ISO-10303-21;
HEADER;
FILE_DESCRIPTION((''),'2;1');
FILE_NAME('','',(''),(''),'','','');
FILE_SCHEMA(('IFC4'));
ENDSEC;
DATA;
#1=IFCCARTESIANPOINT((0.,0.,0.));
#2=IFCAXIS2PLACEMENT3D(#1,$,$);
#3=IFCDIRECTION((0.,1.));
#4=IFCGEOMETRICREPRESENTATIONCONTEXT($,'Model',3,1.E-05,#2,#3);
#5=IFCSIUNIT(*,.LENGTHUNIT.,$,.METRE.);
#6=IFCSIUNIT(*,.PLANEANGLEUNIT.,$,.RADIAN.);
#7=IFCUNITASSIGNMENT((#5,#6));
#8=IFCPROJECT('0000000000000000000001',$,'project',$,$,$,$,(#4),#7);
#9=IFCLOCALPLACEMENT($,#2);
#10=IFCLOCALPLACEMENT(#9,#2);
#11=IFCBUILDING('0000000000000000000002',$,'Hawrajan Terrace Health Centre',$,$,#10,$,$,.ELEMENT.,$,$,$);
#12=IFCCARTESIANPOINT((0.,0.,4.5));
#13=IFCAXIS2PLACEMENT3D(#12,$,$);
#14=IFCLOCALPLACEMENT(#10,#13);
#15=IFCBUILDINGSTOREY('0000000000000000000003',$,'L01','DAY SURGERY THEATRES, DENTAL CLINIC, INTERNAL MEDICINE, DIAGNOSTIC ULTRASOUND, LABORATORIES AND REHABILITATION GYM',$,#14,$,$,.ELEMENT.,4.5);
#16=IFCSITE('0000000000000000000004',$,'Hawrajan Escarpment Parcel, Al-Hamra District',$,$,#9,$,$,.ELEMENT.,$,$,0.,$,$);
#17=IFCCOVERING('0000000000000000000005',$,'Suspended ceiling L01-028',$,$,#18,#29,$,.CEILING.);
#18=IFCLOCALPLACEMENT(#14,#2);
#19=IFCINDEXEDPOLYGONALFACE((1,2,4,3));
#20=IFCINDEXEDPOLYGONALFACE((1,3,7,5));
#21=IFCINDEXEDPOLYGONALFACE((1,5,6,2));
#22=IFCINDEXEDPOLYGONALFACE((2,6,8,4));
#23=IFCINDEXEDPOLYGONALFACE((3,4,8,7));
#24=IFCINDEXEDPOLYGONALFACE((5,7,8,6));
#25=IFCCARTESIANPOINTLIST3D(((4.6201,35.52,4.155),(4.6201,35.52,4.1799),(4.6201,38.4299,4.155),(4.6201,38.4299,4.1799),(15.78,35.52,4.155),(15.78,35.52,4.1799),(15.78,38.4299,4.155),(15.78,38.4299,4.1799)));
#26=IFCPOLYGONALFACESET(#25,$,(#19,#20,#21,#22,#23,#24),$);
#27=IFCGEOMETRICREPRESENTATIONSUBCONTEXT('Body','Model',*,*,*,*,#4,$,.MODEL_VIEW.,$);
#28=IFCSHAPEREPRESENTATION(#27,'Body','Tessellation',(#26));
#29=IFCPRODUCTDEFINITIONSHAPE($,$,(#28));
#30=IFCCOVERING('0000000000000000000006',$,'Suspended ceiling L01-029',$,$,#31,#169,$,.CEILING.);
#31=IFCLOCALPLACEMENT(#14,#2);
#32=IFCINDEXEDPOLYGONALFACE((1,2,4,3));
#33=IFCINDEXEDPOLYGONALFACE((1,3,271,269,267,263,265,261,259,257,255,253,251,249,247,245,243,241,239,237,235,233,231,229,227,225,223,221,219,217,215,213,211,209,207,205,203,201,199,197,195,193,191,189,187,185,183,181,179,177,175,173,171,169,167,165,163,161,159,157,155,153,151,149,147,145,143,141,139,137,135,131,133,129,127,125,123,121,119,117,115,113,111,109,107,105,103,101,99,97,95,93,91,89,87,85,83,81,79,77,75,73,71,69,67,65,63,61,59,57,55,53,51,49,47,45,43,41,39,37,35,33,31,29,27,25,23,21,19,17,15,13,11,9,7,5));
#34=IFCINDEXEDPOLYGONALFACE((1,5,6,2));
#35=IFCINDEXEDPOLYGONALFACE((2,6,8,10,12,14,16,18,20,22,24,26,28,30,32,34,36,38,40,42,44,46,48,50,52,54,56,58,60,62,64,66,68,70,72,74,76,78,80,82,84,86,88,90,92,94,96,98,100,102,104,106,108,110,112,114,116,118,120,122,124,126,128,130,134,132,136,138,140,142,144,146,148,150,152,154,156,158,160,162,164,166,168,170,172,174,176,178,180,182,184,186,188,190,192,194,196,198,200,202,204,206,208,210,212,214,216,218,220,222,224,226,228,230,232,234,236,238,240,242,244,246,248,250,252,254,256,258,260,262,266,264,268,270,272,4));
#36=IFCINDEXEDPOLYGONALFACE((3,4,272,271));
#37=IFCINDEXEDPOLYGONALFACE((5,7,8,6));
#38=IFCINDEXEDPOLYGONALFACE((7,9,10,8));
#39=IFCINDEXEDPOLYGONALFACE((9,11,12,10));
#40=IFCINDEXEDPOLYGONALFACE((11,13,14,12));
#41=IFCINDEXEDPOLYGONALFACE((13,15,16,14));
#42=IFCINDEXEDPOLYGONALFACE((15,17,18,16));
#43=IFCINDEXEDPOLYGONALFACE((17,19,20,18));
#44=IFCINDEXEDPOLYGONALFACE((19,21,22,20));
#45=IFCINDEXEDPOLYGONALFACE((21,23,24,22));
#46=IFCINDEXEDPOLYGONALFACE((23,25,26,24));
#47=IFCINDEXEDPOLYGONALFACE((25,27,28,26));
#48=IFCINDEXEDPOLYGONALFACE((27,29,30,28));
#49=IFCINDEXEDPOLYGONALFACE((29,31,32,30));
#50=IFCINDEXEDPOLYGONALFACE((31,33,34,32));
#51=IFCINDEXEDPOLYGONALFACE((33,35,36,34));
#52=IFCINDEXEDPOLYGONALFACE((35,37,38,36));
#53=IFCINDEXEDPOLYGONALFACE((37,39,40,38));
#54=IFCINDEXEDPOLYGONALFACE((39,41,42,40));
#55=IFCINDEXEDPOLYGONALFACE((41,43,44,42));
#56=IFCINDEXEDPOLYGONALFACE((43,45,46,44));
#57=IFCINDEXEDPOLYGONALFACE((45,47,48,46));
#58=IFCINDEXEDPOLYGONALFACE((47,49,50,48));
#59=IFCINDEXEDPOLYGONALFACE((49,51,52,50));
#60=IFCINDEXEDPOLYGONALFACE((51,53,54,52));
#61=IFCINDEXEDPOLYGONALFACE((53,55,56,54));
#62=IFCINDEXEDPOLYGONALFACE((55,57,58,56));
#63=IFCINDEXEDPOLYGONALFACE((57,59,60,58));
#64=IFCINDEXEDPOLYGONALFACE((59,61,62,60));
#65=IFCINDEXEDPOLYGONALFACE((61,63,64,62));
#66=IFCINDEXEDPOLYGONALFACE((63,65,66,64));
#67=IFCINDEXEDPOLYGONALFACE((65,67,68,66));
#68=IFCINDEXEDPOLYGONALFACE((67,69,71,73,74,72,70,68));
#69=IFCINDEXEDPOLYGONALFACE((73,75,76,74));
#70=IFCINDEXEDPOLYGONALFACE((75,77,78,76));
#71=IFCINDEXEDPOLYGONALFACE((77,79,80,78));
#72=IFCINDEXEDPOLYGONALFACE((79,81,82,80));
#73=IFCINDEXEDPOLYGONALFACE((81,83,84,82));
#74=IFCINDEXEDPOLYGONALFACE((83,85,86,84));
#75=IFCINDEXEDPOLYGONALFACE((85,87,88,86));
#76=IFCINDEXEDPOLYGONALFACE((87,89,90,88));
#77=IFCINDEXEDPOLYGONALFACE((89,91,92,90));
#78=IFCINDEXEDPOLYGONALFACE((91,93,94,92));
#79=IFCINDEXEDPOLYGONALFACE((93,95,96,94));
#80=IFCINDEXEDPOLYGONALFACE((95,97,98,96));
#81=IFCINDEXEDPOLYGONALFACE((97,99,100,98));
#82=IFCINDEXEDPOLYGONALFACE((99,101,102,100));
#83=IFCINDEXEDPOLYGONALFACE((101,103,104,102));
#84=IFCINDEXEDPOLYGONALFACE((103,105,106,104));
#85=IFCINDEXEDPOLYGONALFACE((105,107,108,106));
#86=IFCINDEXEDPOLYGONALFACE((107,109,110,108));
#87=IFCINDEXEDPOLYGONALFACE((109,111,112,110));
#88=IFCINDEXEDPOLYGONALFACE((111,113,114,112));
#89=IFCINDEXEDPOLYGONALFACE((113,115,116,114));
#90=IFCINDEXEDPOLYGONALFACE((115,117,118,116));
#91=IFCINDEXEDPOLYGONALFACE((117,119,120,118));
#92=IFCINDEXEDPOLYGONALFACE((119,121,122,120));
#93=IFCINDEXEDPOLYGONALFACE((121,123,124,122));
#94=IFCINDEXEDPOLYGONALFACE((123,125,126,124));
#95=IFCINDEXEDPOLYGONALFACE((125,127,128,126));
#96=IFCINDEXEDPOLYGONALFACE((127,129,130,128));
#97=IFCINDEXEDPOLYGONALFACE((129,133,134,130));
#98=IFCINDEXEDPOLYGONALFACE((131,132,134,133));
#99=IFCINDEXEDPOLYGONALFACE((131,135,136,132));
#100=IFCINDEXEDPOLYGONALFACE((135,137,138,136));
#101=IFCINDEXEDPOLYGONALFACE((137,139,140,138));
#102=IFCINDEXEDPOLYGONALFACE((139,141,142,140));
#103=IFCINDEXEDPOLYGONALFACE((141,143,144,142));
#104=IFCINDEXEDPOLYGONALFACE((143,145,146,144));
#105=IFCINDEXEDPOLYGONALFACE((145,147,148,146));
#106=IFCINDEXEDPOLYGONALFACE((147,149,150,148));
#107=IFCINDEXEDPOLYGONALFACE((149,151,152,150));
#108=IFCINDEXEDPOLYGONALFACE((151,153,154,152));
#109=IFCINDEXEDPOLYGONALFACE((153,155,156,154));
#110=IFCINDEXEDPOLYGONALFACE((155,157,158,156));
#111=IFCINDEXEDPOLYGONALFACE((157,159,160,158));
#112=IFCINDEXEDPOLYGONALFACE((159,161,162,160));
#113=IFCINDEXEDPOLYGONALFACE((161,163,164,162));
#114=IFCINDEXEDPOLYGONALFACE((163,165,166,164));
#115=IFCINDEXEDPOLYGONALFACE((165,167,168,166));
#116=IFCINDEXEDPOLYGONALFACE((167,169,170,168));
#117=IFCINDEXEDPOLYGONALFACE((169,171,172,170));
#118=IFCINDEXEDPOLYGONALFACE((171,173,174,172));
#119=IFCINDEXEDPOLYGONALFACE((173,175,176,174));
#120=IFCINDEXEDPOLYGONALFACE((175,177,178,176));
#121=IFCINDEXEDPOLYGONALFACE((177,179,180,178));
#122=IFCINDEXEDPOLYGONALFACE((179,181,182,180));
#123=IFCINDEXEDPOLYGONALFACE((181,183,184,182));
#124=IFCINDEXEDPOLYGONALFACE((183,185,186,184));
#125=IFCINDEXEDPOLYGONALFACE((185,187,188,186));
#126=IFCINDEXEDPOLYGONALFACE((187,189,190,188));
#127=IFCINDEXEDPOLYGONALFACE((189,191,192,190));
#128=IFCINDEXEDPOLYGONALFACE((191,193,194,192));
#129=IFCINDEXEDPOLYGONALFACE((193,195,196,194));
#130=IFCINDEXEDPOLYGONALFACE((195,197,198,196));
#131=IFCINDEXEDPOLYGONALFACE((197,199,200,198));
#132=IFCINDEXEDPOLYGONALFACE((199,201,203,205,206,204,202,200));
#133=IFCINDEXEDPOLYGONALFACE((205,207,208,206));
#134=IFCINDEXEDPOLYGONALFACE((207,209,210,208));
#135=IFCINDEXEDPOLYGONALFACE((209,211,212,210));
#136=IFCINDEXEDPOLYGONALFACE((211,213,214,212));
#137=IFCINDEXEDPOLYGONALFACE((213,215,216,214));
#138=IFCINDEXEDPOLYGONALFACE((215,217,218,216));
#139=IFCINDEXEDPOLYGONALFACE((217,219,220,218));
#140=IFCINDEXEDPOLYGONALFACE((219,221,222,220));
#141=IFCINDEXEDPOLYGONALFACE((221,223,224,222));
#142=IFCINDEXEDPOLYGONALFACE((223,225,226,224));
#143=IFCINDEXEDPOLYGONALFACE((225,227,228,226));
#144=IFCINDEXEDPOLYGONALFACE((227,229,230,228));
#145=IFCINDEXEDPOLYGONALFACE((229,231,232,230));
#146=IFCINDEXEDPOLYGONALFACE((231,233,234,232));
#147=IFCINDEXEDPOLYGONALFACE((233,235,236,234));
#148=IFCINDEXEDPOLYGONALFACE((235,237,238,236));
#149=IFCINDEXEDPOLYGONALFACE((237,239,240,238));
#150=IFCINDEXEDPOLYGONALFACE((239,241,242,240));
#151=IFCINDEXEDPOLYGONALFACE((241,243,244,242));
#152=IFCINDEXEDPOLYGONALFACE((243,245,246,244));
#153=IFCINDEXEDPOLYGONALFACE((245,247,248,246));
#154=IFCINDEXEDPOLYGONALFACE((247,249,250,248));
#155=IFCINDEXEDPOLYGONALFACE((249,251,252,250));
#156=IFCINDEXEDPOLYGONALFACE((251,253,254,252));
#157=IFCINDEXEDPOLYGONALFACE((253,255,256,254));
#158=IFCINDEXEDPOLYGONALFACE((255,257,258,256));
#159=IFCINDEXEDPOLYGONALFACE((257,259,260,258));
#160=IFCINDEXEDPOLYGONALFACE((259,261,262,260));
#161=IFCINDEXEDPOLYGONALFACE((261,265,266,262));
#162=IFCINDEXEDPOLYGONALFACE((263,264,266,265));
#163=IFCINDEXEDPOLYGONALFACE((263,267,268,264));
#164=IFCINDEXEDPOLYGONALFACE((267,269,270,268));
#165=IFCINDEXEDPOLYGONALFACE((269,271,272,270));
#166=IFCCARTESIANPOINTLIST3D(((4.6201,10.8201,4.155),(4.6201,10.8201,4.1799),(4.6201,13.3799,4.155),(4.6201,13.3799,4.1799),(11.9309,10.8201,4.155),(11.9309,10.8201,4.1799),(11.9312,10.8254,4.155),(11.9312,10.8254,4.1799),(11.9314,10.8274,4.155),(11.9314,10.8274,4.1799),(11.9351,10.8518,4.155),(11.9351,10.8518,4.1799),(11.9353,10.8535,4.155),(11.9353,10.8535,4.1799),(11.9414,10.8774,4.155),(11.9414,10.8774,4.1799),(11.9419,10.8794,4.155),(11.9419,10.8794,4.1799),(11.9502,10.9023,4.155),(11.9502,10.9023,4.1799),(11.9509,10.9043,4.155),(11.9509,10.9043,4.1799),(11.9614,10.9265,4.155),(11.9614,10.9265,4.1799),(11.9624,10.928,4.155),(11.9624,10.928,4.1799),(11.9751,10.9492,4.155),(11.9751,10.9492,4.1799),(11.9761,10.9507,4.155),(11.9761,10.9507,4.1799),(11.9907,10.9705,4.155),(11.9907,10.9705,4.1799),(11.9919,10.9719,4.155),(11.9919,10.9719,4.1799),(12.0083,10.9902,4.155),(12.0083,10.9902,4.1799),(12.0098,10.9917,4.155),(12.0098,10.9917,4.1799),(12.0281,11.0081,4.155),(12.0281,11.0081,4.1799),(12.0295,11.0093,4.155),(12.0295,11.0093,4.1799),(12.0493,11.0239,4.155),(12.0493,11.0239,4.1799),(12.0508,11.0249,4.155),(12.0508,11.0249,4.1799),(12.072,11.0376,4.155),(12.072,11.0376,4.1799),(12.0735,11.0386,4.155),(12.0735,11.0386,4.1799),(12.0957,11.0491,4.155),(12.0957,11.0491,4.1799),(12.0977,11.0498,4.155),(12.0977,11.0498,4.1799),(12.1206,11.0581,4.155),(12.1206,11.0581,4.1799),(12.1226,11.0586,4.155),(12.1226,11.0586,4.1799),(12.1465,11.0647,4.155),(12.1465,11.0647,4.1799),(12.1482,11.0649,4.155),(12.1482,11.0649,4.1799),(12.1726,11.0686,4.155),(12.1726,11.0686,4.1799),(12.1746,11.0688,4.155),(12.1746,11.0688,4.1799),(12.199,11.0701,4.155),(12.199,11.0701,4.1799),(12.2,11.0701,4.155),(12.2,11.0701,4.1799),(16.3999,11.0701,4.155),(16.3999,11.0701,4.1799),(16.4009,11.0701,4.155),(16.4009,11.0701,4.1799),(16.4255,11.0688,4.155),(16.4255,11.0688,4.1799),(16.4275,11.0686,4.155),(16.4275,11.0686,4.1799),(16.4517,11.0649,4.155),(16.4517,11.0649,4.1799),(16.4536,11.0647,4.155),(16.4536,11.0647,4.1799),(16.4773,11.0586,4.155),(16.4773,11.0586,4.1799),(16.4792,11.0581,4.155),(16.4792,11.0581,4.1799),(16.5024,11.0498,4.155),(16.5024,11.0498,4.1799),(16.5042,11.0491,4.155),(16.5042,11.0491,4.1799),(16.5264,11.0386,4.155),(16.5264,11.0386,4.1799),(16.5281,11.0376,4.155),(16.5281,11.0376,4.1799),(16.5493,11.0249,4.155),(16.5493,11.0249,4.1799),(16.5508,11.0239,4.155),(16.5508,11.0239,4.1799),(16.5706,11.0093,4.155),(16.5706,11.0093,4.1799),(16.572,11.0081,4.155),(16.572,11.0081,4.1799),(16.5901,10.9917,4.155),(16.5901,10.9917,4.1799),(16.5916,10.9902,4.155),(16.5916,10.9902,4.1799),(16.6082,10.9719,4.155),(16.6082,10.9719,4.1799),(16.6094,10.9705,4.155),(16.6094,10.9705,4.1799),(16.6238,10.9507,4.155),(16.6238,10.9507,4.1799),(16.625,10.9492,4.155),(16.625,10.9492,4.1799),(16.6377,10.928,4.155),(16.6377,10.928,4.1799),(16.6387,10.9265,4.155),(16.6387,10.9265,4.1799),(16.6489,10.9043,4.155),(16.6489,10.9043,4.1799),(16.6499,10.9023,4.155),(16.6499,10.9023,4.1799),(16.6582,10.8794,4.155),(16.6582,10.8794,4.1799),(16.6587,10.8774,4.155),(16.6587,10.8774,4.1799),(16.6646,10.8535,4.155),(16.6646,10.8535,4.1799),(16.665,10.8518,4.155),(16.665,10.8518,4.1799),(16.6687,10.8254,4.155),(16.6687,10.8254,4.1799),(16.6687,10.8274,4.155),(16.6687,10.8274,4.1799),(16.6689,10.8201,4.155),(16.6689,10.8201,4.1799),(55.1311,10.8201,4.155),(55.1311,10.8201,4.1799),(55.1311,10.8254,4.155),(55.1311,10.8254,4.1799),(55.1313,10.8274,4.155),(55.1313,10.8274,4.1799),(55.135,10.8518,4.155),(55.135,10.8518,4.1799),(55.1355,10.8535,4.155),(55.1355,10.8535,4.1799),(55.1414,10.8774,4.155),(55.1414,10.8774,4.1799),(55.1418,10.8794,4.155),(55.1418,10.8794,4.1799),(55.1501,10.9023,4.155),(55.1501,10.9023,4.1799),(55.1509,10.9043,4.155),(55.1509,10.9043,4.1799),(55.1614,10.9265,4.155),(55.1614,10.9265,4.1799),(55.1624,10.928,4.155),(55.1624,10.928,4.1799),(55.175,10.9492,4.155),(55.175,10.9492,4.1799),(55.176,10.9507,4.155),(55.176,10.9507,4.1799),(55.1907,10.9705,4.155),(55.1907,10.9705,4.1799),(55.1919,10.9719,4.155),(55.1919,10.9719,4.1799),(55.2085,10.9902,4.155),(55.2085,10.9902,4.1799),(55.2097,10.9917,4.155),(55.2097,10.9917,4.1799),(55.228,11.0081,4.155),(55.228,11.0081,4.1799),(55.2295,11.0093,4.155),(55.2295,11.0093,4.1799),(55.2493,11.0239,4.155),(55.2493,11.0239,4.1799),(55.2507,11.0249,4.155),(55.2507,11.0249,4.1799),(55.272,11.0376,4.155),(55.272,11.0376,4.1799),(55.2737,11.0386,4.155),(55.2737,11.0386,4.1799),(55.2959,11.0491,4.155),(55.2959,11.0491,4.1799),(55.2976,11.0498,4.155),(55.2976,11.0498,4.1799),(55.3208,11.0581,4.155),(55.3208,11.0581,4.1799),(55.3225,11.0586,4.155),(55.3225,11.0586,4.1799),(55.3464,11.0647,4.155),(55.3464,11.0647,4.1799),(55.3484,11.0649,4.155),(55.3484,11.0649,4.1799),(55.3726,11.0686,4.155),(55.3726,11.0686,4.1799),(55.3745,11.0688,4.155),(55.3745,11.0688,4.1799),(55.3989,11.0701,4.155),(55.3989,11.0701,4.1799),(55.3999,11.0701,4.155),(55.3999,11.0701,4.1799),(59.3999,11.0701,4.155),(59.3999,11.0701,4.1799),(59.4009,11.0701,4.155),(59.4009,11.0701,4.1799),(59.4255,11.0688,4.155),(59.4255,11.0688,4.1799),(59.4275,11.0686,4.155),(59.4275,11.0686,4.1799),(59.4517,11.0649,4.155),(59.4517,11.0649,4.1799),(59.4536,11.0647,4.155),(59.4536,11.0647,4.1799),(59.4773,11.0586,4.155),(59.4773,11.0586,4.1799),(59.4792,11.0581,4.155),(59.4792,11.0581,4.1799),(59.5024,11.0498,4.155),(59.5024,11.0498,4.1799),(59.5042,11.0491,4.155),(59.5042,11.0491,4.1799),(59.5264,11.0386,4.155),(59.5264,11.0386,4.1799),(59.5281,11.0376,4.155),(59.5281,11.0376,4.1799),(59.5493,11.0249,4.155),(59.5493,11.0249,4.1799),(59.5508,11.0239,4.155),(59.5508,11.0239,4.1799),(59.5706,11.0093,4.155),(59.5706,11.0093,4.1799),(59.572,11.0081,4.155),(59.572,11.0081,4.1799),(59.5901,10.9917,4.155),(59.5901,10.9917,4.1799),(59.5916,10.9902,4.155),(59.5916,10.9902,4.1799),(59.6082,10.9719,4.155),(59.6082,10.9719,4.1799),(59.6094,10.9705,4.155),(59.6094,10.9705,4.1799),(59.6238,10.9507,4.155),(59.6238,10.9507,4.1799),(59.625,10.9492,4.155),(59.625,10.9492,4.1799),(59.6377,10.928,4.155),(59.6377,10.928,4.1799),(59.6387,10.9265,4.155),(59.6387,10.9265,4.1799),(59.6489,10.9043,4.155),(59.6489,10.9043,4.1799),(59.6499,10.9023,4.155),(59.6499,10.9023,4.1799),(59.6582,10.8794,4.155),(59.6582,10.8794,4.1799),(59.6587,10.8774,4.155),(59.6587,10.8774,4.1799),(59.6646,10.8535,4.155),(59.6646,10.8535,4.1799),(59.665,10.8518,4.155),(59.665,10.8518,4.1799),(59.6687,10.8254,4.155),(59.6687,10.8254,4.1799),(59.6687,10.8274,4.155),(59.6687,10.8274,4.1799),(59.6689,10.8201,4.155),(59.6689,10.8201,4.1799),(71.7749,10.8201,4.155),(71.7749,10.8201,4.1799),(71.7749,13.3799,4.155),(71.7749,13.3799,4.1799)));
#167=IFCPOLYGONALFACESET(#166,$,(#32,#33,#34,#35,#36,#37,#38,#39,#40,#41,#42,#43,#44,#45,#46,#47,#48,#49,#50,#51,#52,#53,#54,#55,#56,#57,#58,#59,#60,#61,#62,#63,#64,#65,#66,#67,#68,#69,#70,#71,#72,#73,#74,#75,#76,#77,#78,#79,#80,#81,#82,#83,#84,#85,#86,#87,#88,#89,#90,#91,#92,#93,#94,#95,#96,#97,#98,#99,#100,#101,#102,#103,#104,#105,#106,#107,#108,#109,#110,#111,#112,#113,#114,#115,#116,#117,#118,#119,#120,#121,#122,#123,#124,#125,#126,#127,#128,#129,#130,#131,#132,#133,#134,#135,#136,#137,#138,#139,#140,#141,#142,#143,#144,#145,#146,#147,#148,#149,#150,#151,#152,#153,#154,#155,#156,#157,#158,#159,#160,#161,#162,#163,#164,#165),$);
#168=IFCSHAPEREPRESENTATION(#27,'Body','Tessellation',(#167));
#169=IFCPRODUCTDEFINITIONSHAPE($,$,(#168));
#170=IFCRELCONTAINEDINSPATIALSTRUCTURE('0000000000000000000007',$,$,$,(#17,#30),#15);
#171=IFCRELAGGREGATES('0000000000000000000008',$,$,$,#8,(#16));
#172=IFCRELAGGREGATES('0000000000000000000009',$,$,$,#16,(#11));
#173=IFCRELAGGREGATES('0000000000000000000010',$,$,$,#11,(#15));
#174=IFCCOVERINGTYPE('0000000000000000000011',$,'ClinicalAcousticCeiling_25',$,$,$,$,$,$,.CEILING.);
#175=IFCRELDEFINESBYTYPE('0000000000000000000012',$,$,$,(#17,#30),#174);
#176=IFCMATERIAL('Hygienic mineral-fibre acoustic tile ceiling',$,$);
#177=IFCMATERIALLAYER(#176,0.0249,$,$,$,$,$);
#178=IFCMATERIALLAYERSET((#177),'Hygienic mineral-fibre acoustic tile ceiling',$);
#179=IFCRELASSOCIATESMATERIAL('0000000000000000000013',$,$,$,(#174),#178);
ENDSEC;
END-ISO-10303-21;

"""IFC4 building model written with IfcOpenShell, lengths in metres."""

from ifc_helpers import new_model, si_unit, direction, frame, origin, place, context, subcontext, project, spatial, polyline, outline, extrude, material, layer, layer_set, type_object, element, save


model = new_model("IFC4")

# Units and contexts
model_context = context("Model", 3, precision=1e-05, world=origin(), true_north=direction((0.0, 1.0)))
body_context = subcontext(model_context, "Body", "Model", "MODEL_VIEW")
ifc_project = project(units=[si_unit("LENGTHUNIT", "METRE"), si_unit("PLANEANGLEUNIT", "RADIAN")], contexts=[model_context])

# Site, building, storey
site_placement = place(None, origin())
site = spatial("IfcSite", under=ifc_project, at=site_placement, Name="Hawrajan Escarpment Parcel, Al-Hamra District", CompositionType="ELEMENT", RefElevation=0.0)
building_placement = place(site_placement, origin())
building = spatial("IfcBuilding", under=site, at=building_placement, Name="Hawrajan Terrace Health Centre", CompositionType="ELEMENT")
storey_placement = place(building_placement, frame((0.0, 0.0, 4.5)))
storey = spatial("IfcBuildingStorey", under=building, at=storey_placement, Name="L01", Description="DAY SURGERY THEATRES, DENTAL CLINIC, INTERNAL MEDICINE, DIAGNOSTIC ULTRASOUND, LABORATORIES AND REHABILITATION GYM", CompositionType="ELEMENT", Elevation=4.5)

# Coverings
ifc_material_1 = material(Name="Hygienic mineral-fibre acoustic tile ceiling")
ifc_layer_1 = layer(ifc_material_1, 0.0249)
ifc_layer_set_1 = layer_set([ifc_layer_1], Name="Hygienic mineral-fibre acoustic tile ceiling")
covering_type_1 = type_object("IfcCoveringType", Name="ClinicalAcousticCeiling_25", PredefinedType="CEILING", material=ifc_layer_set_1)
covering_1_placement = place(storey_placement, frame((0.0, 0.0, 4.155)))
element("IfcCovering", 1, at=covering_1_placement, inside=storey, type_object=covering_type_1, Name="Suspended ceiling L01-028", PredefinedType="CEILING", context=body_context, shape_type="SweptSolid", body=[
    extrude(outline(polyline([(4.6201, 38.4299), (15.78, 38.4299), (15.78, 35.52), (4.6201, 35.52), (4.6201, 38.4299)])), origin(), (0.0, 0.0, 1.0), 0.0249),
])
covering_2_placement = place(storey_placement, frame((0.0, 0.0, 4.155)))
element("IfcCovering", 2, at=covering_2_placement, inside=storey, type_object=covering_type_1, Name="Suspended ceiling L01-029", PredefinedType="CEILING", context=body_context, shape_type="SweptSolid", body=[
    extrude(outline(polyline([(4.6201, 10.8201), (4.6201, 13.3799), (71.7749, 13.3799), (71.7749, 10.8201), (59.6689, 10.8201), (59.6687, 10.8254), (59.6687, 10.8274), (59.665, 10.8518), (59.6646, 10.8535), (59.6587, 10.8774), (59.6582, 10.8794), (59.6499, 10.9023), (59.6489, 10.9043), (59.6387, 10.9265), (59.6377, 10.928), (59.625, 10.9492), (59.6238, 10.9507), (59.6094, 10.9705), (59.6082, 10.9719), (59.5916, 10.9902), (59.5901, 10.9917), (59.572, 11.0081), (59.5706, 11.0093), (59.5508, 11.0239), (59.5493, 11.0249), (59.5281, 11.0376), (59.5264, 11.0386), (59.5042, 11.0491), (59.5024, 11.0498), (59.4792, 11.0581), (59.4773, 11.0586), (59.4536, 11.0647), (59.4517, 11.0649), (59.4275, 11.0686), (59.4255, 11.0688), (59.4009, 11.0701), (59.3999, 11.0701), (55.3999, 11.0701), (55.3989, 11.0701), (55.3745, 11.0688), (55.3726, 11.0686), (55.3484, 11.0649), (55.3464, 11.0647), (55.3225, 11.0586), (55.3208, 11.0581), (55.2976, 11.0498), (55.2959, 11.0491), (55.2737, 11.0386), (55.272, 11.0376), (55.2507, 11.0249), (55.2493, 11.0239), (55.2295, 11.0093), (55.228, 11.0081), (55.2097, 10.9917), (55.2085, 10.9902), (55.1919, 10.9719), (55.1907, 10.9705), (55.176, 10.9507), (55.175, 10.9492), (55.1624, 10.928), (55.1614, 10.9265), (55.1509, 10.9043), (55.1501, 10.9023), (55.1418, 10.8794), (55.1414, 10.8774), (55.1355, 10.8535), (55.135, 10.8518), (55.1313, 10.8274), (55.1311, 10.8254), (55.1311, 10.8201), (16.6689, 10.8201), (16.6687, 10.8254), (16.6687, 10.8274), (16.665, 10.8518), (16.6646, 10.8535), (16.6587, 10.8774), (16.6582, 10.8794), (16.6499, 10.9023), (16.6489, 10.9043), (16.6387, 10.9265), (16.6377, 10.928), (16.625, 10.9492), (16.6238, 10.9507), (16.6094, 10.9705), (16.6082, 10.9719), (16.5916, 10.9902), (16.5901, 10.9917), (16.572, 11.0081), (16.5706, 11.0093), (16.5508, 11.0239), (16.5493, 11.0249), (16.5281, 11.0376), (16.5264, 11.0386), (16.5042, 11.0491), (16.5024, 11.0498), (16.4792, 11.0581), (16.4773, 11.0586), (16.4536, 11.0647), (16.4517, 11.0649), (16.4275, 11.0686), (16.4255, 11.0688), (16.4009, 11.0701), (16.3999, 11.0701), (12.2, 11.0701), (12.199, 11.0701), (12.1746, 11.0688), (12.1726, 11.0686), (12.1482, 11.0649), (12.1465, 11.0647), (12.1226, 11.0586), (12.1206, 11.0581), (12.0977, 11.0498), (12.0957, 11.0491), (12.0735, 11.0386), (12.072, 11.0376), (12.0508, 11.0249), (12.0493, 11.0239), (12.0295, 11.0093), (12.0281, 11.0081), (12.0098, 10.9917), (12.0083, 10.9902), (11.9919, 10.9719), (11.9907, 10.9705), (11.9761, 10.9507), (11.9751, 10.9492), (11.9624, 10.928), (11.9614, 10.9265), (11.9509, 10.9043), (11.9502, 10.9023), (11.9419, 10.8794), (11.9414, 10.8774), (11.9353, 10.8535), (11.9351, 10.8518), (11.9314, 10.8274), (11.9312, 10.8254), (11.9309, 10.8201), (4.6201, 10.8201)])), origin(), (0.0, 0.0, 1.0), 0.0249),
])

save(model, "model.ifc")
